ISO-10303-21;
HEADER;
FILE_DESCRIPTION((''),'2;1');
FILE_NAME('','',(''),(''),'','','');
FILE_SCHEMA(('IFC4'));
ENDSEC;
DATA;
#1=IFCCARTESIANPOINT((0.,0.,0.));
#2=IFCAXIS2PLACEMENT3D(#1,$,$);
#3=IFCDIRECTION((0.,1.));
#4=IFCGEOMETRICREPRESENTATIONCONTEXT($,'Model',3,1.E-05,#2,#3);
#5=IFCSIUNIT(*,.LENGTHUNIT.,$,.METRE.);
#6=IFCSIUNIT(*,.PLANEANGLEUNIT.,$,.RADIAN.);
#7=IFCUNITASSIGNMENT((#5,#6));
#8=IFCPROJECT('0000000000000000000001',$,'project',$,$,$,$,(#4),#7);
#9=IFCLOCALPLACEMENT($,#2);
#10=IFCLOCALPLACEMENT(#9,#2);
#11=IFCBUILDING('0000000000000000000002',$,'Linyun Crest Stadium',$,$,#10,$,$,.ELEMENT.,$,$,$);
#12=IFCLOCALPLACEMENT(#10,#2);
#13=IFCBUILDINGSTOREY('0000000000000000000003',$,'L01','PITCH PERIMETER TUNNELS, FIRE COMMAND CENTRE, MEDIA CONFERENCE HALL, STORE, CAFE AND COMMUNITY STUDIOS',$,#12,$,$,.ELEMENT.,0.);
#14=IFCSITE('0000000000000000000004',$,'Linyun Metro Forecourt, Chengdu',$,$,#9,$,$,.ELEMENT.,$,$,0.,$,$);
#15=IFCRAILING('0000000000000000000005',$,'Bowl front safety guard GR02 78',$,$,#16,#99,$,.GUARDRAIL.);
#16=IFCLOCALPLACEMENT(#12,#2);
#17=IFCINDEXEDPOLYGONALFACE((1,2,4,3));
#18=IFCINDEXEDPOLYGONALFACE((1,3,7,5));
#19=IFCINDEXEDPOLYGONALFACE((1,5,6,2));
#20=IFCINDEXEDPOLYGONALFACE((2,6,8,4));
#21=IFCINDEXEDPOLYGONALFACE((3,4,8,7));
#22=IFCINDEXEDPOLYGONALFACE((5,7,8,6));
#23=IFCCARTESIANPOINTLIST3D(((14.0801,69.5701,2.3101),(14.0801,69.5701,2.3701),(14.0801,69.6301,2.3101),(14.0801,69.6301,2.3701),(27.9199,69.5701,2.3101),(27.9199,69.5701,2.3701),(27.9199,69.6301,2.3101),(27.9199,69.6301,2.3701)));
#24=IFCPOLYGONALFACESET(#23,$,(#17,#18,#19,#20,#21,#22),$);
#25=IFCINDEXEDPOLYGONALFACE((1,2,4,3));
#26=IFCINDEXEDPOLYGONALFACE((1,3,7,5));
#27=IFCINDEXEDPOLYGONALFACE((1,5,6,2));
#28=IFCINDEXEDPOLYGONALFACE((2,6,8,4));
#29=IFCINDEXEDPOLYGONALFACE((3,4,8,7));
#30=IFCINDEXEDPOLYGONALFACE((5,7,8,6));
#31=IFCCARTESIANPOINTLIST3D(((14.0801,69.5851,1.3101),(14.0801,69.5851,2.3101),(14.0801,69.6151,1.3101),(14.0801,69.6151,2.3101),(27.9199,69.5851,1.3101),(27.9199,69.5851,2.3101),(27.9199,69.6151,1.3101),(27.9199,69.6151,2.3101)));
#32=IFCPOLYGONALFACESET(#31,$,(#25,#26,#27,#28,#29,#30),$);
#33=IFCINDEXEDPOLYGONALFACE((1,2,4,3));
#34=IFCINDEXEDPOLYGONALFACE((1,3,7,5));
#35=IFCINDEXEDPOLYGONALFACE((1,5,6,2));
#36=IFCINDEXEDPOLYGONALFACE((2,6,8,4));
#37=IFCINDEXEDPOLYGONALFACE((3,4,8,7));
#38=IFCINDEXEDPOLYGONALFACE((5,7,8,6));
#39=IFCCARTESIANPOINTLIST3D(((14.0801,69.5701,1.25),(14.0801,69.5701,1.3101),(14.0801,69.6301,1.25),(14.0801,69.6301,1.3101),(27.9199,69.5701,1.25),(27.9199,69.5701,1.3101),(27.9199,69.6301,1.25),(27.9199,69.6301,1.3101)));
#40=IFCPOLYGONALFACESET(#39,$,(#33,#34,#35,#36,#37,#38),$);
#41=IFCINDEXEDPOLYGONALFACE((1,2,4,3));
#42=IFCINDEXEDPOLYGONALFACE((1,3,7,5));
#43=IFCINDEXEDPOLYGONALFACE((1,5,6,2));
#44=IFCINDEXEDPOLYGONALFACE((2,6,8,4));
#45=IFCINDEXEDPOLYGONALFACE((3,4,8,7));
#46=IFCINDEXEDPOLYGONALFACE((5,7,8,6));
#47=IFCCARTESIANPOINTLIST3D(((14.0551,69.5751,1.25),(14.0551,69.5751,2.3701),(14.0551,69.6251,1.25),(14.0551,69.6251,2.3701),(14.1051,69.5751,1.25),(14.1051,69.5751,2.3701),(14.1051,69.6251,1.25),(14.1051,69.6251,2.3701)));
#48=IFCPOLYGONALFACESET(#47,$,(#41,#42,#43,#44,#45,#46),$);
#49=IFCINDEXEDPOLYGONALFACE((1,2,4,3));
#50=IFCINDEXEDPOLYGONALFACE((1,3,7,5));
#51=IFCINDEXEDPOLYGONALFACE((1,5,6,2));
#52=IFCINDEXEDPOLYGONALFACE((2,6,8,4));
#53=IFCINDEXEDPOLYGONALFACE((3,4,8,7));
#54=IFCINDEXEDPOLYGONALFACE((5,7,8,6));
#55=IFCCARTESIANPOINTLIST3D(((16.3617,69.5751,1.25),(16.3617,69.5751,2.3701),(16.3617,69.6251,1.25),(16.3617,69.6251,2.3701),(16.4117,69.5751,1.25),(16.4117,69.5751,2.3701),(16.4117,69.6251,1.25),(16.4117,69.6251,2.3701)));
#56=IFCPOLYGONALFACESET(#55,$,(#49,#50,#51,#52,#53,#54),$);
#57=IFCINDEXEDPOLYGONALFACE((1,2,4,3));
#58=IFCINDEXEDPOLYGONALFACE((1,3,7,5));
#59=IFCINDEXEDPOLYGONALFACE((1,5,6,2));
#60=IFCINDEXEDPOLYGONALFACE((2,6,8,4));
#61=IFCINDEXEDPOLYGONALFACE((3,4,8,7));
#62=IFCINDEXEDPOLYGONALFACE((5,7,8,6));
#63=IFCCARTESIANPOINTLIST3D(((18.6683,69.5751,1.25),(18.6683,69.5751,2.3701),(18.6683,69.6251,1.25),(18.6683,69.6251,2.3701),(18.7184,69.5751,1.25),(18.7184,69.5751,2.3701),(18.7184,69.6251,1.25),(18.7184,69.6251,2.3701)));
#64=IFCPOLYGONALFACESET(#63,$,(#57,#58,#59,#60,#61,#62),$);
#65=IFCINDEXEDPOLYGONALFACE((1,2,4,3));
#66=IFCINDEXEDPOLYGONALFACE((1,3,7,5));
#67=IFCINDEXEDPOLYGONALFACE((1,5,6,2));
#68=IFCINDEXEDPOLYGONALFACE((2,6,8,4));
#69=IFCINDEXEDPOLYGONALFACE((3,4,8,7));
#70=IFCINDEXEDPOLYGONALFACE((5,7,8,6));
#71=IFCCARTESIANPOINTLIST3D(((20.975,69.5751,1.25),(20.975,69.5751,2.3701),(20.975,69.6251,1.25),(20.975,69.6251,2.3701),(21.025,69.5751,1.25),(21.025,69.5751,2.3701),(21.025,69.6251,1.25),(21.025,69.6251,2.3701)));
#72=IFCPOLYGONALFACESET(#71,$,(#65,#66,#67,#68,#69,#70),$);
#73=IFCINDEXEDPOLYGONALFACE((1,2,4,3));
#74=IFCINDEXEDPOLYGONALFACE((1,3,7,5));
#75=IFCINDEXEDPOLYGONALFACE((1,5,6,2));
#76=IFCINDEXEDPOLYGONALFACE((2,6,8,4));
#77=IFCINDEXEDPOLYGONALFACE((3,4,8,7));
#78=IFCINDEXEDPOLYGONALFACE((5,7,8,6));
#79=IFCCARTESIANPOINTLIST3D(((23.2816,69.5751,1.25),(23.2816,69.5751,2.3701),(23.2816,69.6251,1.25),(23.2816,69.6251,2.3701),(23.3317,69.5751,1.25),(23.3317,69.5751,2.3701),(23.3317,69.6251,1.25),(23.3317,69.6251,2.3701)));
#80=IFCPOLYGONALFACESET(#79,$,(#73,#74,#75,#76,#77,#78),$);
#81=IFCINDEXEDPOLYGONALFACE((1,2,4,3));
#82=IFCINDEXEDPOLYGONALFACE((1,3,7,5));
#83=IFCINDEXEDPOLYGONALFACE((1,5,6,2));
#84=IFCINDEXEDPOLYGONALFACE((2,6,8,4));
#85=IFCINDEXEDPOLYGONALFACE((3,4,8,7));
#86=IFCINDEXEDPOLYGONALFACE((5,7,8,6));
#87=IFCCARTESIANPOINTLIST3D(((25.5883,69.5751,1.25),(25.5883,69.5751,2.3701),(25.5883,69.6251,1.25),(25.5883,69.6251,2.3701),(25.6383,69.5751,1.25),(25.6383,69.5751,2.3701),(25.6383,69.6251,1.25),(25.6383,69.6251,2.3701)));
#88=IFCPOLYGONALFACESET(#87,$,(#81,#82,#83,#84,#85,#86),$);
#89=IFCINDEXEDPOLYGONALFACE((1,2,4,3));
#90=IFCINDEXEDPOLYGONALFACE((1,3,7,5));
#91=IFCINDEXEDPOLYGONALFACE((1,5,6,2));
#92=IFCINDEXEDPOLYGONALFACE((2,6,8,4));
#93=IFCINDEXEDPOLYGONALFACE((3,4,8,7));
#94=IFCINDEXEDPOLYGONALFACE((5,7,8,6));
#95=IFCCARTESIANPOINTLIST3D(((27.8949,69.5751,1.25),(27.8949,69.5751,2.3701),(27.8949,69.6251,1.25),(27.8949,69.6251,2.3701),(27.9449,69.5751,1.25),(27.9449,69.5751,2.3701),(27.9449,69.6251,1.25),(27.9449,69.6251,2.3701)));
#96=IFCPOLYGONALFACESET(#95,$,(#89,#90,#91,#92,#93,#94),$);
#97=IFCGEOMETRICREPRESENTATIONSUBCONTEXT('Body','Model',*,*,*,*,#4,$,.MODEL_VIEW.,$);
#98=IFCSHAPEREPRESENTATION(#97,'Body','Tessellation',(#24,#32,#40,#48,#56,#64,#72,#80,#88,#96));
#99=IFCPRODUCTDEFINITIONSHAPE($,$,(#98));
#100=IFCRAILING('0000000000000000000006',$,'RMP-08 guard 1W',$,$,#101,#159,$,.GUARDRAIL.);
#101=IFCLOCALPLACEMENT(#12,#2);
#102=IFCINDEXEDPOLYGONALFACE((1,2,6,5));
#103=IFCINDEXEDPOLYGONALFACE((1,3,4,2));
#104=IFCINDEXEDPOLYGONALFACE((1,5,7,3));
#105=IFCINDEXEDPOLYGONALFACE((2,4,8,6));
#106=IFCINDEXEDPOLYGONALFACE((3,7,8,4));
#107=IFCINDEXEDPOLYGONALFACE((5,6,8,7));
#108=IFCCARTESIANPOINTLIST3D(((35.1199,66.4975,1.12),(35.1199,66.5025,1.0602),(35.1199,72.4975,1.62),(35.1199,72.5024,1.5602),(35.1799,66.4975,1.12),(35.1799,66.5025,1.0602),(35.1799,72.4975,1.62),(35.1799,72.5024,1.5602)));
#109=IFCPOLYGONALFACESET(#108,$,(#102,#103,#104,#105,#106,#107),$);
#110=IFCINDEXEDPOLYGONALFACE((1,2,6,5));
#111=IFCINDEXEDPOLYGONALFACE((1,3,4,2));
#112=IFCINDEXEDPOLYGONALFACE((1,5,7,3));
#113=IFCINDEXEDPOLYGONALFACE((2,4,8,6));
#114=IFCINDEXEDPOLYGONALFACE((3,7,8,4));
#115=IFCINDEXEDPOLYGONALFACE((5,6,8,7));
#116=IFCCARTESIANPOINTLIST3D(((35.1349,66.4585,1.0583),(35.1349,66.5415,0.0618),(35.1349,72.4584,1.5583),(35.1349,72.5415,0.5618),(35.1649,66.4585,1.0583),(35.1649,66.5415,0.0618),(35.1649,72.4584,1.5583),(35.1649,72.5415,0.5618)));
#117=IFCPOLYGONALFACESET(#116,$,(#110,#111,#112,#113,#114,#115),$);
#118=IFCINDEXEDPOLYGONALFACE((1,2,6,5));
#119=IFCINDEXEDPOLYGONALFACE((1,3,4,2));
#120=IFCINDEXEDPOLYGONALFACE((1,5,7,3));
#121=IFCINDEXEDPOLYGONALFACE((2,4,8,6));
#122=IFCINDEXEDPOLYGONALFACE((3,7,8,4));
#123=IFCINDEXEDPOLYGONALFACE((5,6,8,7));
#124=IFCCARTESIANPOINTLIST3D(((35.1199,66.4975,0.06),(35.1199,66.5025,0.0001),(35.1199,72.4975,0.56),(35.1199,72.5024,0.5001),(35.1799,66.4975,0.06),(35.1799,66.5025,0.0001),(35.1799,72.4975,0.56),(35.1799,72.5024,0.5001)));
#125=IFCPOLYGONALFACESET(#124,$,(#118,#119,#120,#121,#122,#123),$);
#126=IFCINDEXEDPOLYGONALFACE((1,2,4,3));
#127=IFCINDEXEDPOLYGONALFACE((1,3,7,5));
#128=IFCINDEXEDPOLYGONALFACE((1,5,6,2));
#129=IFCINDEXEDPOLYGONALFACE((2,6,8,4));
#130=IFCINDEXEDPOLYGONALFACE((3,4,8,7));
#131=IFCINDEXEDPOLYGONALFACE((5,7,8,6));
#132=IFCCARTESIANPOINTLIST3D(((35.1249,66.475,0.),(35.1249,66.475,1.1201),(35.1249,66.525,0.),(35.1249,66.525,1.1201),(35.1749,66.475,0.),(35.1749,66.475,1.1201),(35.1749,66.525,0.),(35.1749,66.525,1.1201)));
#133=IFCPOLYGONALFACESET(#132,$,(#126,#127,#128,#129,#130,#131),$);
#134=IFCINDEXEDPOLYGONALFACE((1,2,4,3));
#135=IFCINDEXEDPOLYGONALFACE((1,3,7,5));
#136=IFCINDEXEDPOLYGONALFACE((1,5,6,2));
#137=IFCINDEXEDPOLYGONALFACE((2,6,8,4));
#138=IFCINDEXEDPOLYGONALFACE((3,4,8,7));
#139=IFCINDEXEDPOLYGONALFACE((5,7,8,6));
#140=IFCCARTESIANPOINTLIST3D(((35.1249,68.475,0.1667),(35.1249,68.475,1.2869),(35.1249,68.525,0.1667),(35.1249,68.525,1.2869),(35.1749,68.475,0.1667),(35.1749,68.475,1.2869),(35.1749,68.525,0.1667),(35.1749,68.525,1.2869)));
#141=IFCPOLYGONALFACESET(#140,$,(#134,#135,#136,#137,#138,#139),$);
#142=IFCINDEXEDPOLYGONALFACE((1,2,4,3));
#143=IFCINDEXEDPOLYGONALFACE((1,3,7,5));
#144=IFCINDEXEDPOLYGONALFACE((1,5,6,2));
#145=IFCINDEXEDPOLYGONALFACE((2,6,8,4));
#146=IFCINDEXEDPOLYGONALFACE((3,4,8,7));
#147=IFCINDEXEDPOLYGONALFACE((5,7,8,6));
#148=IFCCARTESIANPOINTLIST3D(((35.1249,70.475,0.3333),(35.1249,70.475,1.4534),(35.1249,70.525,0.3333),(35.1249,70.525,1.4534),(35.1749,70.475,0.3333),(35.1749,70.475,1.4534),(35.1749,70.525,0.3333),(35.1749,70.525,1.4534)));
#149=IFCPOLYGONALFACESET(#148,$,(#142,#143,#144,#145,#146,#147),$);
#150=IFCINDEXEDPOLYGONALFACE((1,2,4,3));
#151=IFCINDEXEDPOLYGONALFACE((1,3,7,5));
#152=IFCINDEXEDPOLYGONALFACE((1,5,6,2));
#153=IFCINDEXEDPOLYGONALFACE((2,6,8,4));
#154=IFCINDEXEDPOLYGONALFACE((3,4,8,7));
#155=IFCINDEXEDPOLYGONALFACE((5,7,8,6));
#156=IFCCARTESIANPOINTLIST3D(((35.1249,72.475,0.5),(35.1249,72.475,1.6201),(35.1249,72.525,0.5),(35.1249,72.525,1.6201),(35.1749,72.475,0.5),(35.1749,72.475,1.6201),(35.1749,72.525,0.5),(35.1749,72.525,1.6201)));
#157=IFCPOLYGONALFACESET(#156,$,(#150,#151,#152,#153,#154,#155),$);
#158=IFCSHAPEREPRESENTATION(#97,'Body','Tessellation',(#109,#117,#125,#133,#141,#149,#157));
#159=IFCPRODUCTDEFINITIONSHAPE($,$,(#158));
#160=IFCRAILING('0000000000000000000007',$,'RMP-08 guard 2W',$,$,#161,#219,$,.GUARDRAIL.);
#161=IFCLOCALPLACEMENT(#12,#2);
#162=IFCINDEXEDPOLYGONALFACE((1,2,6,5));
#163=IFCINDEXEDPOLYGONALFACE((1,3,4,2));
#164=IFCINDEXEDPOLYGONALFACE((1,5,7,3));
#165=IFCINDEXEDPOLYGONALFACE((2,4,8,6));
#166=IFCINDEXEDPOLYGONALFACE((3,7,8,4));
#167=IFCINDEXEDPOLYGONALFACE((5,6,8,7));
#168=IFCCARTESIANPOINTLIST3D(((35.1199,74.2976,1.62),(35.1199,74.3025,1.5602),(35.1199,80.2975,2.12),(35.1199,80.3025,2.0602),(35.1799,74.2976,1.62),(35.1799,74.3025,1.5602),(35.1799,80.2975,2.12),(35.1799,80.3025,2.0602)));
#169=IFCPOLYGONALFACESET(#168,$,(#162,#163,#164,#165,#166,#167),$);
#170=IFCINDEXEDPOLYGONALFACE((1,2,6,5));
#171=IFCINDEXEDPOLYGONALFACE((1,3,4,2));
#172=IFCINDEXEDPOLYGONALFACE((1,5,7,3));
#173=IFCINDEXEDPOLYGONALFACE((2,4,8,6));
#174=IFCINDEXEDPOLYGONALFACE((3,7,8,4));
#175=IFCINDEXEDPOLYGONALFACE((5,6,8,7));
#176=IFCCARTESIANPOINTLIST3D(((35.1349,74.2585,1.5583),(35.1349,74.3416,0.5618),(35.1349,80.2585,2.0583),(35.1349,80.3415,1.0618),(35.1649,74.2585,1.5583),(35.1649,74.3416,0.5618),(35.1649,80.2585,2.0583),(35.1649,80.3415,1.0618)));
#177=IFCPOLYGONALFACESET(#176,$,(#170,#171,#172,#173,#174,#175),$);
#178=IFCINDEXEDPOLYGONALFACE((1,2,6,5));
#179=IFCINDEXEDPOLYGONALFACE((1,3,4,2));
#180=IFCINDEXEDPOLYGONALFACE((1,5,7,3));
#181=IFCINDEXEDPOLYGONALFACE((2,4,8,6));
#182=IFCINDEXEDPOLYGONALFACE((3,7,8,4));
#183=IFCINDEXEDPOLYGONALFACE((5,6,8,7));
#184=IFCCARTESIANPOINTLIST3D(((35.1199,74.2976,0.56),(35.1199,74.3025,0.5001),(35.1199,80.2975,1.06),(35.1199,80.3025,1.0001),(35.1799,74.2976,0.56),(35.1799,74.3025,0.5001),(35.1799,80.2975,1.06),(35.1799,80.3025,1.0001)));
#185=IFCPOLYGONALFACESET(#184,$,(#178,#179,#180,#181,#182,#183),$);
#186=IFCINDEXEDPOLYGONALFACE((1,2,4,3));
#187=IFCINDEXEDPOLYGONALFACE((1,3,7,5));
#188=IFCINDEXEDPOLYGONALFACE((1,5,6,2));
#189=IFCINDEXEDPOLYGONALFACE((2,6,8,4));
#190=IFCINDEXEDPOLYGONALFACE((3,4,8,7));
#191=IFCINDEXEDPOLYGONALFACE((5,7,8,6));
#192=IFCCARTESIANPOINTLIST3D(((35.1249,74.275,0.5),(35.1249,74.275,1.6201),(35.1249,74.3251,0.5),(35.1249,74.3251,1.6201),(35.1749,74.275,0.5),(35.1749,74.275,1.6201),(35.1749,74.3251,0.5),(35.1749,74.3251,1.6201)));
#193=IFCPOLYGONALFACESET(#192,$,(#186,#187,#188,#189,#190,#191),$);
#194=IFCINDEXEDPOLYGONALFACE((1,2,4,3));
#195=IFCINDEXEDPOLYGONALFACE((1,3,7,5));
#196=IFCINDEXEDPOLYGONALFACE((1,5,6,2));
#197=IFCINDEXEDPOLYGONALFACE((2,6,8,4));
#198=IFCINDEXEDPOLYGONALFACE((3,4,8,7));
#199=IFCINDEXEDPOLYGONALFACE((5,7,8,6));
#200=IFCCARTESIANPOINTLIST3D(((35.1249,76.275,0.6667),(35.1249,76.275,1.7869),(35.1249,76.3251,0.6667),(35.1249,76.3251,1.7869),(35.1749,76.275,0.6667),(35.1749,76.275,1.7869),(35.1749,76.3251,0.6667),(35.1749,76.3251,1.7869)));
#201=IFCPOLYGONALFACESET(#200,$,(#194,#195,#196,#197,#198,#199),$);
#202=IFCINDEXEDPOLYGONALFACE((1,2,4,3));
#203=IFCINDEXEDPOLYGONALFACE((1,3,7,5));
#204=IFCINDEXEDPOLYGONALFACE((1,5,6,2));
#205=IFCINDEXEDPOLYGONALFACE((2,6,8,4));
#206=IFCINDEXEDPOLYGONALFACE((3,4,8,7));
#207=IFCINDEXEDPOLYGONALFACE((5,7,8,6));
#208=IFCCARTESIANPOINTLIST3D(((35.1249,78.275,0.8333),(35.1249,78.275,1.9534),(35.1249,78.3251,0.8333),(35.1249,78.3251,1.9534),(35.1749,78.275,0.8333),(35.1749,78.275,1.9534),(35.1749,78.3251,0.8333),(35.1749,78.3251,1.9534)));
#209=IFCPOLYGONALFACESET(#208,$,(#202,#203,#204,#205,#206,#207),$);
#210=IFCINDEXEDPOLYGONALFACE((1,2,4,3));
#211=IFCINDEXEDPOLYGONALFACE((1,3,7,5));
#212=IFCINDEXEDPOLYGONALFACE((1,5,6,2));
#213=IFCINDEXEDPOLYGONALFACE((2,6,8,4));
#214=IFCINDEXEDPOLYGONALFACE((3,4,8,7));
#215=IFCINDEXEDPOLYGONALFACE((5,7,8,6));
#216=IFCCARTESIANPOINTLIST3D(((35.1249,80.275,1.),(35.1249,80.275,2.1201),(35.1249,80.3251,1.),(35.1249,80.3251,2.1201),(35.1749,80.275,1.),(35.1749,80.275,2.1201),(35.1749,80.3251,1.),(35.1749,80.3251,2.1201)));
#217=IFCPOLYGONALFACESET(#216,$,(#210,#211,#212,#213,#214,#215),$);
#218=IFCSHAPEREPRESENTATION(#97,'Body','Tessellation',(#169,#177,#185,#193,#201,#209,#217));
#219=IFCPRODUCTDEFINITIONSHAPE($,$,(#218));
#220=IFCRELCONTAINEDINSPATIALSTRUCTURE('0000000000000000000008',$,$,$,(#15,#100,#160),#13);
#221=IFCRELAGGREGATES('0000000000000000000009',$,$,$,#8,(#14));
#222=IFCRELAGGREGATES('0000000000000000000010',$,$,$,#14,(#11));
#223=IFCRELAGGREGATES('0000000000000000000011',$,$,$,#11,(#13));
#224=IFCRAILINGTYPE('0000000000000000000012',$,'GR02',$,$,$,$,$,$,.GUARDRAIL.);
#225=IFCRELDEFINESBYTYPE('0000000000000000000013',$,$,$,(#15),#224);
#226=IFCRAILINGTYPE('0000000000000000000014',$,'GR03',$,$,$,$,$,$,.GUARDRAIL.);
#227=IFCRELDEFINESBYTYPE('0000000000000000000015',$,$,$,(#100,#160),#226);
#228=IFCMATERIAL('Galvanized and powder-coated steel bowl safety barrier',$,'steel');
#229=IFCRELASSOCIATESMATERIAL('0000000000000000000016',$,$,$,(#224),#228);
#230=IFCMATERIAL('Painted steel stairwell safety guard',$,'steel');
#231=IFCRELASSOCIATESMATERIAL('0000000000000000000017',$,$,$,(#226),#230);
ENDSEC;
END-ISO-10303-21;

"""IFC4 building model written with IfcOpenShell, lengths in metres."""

from ifc_helpers import new_model, si_unit, direction, frame, origin, origin_2d, place, context, subcontext, project, spatial, rectangle, extrude, material, type_object, element, save


model = new_model("IFC4")

# Units and contexts
model_context = context("Model", 3, precision=1e-05, world=origin(), true_north=direction((0.0, 1.0)))
body_context = subcontext(model_context, "Body", "Model", "MODEL_VIEW")
ifc_project = project(units=[si_unit("LENGTHUNIT", "METRE"), si_unit("PLANEANGLEUNIT", "RADIAN")], contexts=[model_context])

# Site, building, storey
site_placement = place(None, origin())
site = spatial("IfcSite", under=ifc_project, at=site_placement, Name="Linyun Metro Forecourt, Chengdu", CompositionType="ELEMENT", RefElevation=0.0)
building_placement = place(site_placement, origin())
building = spatial("IfcBuilding", under=site, at=building_placement, Name="Linyun Crest Stadium", CompositionType="ELEMENT")
storey_placement = place(building_placement, origin())
storey = spatial("IfcBuildingStorey", under=building, at=storey_placement, Name="L01", Description="PITCH PERIMETER TUNNELS, FIRE COMMAND CENTRE, MEDIA CONFERENCE HALL, STORE, CAFE AND COMMUNITY STUDIOS", CompositionType="ELEMENT", Elevation=0.0)

# Railings
ifc_material_1 = material(Name="Galvanized and powder-coated steel bowl safety barrier", Category="steel")
railing_type_1 = type_object("IfcRailingType", Name="GR02", PredefinedType="GUARDRAIL", material=ifc_material_1)
for number, where, name in (
    (1, (14.0801, 69.6001, 1.25), "Bowl front safety guard GR02 78"),
):
    element("IfcRailing", number, at=place(storey_placement, frame(where)), inside=storey, type_object=railing_type_1, Name=name, PredefinedType="GUARDRAIL", context=body_context, shape_type="SweptSolid", body=[
        extrude(rectangle(XDim=0.0601, YDim=0.0601, at=origin_2d()), frame((0.0, 0.0, 1.0901), z_axis=(1.0, 0.0, 0.0), x_axis=(0.0, 1.0, 0.0)), (0.0, 0.0, 1.0), 13.8398),
        extrude(rectangle(XDim=0.03, YDim=1.0, at=origin_2d()), frame((0.0, 0.0, 0.5601), z_axis=(1.0, 0.0, 0.0), x_axis=(0.0, 1.0, 0.0)), (0.0, 0.0, 1.0), 13.8398),
        extrude(rectangle(XDim=0.0601, YDim=0.0601, at=origin_2d()), frame((0.0, 0.0, 0.03), z_axis=(1.0, 0.0, 0.0), x_axis=(0.0, 1.0, 0.0)), (0.0, 0.0, 1.0), 13.8398),
        extrude(rectangle(XDim=0.05, YDim=0.05, at=origin_2d()), origin(), (0.0, 0.0, 1.0), 1.1201),
        extrude(rectangle(XDim=0.05, YDim=0.05, at=origin_2d()), frame((2.3066, 0.0, 0.0)), (0.0, 0.0, 1.0), 1.1201),
        extrude(rectangle(XDim=0.05, YDim=0.05, at=origin_2d()), frame((4.6133, 0.0, 0.0)), (0.0, 0.0, 1.0), 1.1201),
        extrude(rectangle(XDim=0.05, YDim=0.05, at=origin_2d()), frame((6.9199, 0.0, 0.0)), (0.0, 0.0, 1.0), 1.1201),
        extrude(rectangle(XDim=0.05, YDim=0.05, at=origin_2d()), frame((9.2266, 0.0, 0.0)), (0.0, 0.0, 1.0), 1.1201),
        extrude(rectangle(XDim=0.05, YDim=0.05, at=origin_2d()), frame((11.5332, 0.0, 0.0)), (0.0, 0.0, 1.0), 1.1201),
        extrude(rectangle(XDim=0.05, YDim=0.05, at=origin_2d()), frame((13.8398, 0.0, 0.0)), (0.0, 0.0, 1.0), 1.1201),
    ])
ifc_material_2 = material(Name="Painted steel stairwell safety guard", Category="steel")
railing_type_2 = type_object("IfcRailingType", Name="GR03", PredefinedType="GUARDRAIL", material=ifc_material_2)
for number, where, name in (
    (2, (35.1499, 66.5, 0.0), "RMP-08 guard 1W"),
    (3, (35.1499, 74.3, 0.5), "RMP-08 guard 2W"),
):
    element("IfcRailing", number, at=place(storey_placement, frame(where)), inside=storey, type_object=railing_type_2, Name=name, PredefinedType="GUARDRAIL", context=body_context, shape_type="SweptSolid", body=[
        extrude(rectangle(XDim=0.0601, YDim=0.0601, at=origin_2d()), frame((0.0, 0.0, 1.0901), z_axis=(0.0, 0.996546, 0.083045), x_axis=(-1.0, 0.0, 0.0)), (0.0, 0.0, 1.0), 6.0208),
        extrude(rectangle(XDim=0.03, YDim=1.0, at=origin_2d()), frame((0.0, 0.0, 0.5601), z_axis=(0.0, 0.996546, 0.083045), x_axis=(-1.0, 0.0, 0.0)), (0.0, 0.0, 1.0), 6.0208),
        extrude(rectangle(XDim=0.0601, YDim=0.0601, at=origin_2d()), frame((0.0, 0.0, 0.03), z_axis=(0.0, 0.996546, 0.083045), x_axis=(-1.0, 0.0, 0.0)), (0.0, 0.0, 1.0), 6.0208),
        extrude(rectangle(XDim=0.05, YDim=0.05, at=origin_2d()), origin(), (0.0, 0.0, 1.0), 1.1201),
        extrude(rectangle(XDim=0.05, YDim=0.05, at=origin_2d()), frame((0.0, 2.0, 0.1667)), (0.0, 0.0, 1.0), 1.1201),
        extrude(rectangle(XDim=0.05, YDim=0.05, at=origin_2d()), frame((0.0, 4.0, 0.3333)), (0.0, 0.0, 1.0), 1.1201),
        extrude(rectangle(XDim=0.05, YDim=0.05, at=origin_2d()), frame((0.0, 6.0, 0.5)), (0.0, 0.0, 1.0), 1.1201),
    ])

save(model, "model.ifc")
